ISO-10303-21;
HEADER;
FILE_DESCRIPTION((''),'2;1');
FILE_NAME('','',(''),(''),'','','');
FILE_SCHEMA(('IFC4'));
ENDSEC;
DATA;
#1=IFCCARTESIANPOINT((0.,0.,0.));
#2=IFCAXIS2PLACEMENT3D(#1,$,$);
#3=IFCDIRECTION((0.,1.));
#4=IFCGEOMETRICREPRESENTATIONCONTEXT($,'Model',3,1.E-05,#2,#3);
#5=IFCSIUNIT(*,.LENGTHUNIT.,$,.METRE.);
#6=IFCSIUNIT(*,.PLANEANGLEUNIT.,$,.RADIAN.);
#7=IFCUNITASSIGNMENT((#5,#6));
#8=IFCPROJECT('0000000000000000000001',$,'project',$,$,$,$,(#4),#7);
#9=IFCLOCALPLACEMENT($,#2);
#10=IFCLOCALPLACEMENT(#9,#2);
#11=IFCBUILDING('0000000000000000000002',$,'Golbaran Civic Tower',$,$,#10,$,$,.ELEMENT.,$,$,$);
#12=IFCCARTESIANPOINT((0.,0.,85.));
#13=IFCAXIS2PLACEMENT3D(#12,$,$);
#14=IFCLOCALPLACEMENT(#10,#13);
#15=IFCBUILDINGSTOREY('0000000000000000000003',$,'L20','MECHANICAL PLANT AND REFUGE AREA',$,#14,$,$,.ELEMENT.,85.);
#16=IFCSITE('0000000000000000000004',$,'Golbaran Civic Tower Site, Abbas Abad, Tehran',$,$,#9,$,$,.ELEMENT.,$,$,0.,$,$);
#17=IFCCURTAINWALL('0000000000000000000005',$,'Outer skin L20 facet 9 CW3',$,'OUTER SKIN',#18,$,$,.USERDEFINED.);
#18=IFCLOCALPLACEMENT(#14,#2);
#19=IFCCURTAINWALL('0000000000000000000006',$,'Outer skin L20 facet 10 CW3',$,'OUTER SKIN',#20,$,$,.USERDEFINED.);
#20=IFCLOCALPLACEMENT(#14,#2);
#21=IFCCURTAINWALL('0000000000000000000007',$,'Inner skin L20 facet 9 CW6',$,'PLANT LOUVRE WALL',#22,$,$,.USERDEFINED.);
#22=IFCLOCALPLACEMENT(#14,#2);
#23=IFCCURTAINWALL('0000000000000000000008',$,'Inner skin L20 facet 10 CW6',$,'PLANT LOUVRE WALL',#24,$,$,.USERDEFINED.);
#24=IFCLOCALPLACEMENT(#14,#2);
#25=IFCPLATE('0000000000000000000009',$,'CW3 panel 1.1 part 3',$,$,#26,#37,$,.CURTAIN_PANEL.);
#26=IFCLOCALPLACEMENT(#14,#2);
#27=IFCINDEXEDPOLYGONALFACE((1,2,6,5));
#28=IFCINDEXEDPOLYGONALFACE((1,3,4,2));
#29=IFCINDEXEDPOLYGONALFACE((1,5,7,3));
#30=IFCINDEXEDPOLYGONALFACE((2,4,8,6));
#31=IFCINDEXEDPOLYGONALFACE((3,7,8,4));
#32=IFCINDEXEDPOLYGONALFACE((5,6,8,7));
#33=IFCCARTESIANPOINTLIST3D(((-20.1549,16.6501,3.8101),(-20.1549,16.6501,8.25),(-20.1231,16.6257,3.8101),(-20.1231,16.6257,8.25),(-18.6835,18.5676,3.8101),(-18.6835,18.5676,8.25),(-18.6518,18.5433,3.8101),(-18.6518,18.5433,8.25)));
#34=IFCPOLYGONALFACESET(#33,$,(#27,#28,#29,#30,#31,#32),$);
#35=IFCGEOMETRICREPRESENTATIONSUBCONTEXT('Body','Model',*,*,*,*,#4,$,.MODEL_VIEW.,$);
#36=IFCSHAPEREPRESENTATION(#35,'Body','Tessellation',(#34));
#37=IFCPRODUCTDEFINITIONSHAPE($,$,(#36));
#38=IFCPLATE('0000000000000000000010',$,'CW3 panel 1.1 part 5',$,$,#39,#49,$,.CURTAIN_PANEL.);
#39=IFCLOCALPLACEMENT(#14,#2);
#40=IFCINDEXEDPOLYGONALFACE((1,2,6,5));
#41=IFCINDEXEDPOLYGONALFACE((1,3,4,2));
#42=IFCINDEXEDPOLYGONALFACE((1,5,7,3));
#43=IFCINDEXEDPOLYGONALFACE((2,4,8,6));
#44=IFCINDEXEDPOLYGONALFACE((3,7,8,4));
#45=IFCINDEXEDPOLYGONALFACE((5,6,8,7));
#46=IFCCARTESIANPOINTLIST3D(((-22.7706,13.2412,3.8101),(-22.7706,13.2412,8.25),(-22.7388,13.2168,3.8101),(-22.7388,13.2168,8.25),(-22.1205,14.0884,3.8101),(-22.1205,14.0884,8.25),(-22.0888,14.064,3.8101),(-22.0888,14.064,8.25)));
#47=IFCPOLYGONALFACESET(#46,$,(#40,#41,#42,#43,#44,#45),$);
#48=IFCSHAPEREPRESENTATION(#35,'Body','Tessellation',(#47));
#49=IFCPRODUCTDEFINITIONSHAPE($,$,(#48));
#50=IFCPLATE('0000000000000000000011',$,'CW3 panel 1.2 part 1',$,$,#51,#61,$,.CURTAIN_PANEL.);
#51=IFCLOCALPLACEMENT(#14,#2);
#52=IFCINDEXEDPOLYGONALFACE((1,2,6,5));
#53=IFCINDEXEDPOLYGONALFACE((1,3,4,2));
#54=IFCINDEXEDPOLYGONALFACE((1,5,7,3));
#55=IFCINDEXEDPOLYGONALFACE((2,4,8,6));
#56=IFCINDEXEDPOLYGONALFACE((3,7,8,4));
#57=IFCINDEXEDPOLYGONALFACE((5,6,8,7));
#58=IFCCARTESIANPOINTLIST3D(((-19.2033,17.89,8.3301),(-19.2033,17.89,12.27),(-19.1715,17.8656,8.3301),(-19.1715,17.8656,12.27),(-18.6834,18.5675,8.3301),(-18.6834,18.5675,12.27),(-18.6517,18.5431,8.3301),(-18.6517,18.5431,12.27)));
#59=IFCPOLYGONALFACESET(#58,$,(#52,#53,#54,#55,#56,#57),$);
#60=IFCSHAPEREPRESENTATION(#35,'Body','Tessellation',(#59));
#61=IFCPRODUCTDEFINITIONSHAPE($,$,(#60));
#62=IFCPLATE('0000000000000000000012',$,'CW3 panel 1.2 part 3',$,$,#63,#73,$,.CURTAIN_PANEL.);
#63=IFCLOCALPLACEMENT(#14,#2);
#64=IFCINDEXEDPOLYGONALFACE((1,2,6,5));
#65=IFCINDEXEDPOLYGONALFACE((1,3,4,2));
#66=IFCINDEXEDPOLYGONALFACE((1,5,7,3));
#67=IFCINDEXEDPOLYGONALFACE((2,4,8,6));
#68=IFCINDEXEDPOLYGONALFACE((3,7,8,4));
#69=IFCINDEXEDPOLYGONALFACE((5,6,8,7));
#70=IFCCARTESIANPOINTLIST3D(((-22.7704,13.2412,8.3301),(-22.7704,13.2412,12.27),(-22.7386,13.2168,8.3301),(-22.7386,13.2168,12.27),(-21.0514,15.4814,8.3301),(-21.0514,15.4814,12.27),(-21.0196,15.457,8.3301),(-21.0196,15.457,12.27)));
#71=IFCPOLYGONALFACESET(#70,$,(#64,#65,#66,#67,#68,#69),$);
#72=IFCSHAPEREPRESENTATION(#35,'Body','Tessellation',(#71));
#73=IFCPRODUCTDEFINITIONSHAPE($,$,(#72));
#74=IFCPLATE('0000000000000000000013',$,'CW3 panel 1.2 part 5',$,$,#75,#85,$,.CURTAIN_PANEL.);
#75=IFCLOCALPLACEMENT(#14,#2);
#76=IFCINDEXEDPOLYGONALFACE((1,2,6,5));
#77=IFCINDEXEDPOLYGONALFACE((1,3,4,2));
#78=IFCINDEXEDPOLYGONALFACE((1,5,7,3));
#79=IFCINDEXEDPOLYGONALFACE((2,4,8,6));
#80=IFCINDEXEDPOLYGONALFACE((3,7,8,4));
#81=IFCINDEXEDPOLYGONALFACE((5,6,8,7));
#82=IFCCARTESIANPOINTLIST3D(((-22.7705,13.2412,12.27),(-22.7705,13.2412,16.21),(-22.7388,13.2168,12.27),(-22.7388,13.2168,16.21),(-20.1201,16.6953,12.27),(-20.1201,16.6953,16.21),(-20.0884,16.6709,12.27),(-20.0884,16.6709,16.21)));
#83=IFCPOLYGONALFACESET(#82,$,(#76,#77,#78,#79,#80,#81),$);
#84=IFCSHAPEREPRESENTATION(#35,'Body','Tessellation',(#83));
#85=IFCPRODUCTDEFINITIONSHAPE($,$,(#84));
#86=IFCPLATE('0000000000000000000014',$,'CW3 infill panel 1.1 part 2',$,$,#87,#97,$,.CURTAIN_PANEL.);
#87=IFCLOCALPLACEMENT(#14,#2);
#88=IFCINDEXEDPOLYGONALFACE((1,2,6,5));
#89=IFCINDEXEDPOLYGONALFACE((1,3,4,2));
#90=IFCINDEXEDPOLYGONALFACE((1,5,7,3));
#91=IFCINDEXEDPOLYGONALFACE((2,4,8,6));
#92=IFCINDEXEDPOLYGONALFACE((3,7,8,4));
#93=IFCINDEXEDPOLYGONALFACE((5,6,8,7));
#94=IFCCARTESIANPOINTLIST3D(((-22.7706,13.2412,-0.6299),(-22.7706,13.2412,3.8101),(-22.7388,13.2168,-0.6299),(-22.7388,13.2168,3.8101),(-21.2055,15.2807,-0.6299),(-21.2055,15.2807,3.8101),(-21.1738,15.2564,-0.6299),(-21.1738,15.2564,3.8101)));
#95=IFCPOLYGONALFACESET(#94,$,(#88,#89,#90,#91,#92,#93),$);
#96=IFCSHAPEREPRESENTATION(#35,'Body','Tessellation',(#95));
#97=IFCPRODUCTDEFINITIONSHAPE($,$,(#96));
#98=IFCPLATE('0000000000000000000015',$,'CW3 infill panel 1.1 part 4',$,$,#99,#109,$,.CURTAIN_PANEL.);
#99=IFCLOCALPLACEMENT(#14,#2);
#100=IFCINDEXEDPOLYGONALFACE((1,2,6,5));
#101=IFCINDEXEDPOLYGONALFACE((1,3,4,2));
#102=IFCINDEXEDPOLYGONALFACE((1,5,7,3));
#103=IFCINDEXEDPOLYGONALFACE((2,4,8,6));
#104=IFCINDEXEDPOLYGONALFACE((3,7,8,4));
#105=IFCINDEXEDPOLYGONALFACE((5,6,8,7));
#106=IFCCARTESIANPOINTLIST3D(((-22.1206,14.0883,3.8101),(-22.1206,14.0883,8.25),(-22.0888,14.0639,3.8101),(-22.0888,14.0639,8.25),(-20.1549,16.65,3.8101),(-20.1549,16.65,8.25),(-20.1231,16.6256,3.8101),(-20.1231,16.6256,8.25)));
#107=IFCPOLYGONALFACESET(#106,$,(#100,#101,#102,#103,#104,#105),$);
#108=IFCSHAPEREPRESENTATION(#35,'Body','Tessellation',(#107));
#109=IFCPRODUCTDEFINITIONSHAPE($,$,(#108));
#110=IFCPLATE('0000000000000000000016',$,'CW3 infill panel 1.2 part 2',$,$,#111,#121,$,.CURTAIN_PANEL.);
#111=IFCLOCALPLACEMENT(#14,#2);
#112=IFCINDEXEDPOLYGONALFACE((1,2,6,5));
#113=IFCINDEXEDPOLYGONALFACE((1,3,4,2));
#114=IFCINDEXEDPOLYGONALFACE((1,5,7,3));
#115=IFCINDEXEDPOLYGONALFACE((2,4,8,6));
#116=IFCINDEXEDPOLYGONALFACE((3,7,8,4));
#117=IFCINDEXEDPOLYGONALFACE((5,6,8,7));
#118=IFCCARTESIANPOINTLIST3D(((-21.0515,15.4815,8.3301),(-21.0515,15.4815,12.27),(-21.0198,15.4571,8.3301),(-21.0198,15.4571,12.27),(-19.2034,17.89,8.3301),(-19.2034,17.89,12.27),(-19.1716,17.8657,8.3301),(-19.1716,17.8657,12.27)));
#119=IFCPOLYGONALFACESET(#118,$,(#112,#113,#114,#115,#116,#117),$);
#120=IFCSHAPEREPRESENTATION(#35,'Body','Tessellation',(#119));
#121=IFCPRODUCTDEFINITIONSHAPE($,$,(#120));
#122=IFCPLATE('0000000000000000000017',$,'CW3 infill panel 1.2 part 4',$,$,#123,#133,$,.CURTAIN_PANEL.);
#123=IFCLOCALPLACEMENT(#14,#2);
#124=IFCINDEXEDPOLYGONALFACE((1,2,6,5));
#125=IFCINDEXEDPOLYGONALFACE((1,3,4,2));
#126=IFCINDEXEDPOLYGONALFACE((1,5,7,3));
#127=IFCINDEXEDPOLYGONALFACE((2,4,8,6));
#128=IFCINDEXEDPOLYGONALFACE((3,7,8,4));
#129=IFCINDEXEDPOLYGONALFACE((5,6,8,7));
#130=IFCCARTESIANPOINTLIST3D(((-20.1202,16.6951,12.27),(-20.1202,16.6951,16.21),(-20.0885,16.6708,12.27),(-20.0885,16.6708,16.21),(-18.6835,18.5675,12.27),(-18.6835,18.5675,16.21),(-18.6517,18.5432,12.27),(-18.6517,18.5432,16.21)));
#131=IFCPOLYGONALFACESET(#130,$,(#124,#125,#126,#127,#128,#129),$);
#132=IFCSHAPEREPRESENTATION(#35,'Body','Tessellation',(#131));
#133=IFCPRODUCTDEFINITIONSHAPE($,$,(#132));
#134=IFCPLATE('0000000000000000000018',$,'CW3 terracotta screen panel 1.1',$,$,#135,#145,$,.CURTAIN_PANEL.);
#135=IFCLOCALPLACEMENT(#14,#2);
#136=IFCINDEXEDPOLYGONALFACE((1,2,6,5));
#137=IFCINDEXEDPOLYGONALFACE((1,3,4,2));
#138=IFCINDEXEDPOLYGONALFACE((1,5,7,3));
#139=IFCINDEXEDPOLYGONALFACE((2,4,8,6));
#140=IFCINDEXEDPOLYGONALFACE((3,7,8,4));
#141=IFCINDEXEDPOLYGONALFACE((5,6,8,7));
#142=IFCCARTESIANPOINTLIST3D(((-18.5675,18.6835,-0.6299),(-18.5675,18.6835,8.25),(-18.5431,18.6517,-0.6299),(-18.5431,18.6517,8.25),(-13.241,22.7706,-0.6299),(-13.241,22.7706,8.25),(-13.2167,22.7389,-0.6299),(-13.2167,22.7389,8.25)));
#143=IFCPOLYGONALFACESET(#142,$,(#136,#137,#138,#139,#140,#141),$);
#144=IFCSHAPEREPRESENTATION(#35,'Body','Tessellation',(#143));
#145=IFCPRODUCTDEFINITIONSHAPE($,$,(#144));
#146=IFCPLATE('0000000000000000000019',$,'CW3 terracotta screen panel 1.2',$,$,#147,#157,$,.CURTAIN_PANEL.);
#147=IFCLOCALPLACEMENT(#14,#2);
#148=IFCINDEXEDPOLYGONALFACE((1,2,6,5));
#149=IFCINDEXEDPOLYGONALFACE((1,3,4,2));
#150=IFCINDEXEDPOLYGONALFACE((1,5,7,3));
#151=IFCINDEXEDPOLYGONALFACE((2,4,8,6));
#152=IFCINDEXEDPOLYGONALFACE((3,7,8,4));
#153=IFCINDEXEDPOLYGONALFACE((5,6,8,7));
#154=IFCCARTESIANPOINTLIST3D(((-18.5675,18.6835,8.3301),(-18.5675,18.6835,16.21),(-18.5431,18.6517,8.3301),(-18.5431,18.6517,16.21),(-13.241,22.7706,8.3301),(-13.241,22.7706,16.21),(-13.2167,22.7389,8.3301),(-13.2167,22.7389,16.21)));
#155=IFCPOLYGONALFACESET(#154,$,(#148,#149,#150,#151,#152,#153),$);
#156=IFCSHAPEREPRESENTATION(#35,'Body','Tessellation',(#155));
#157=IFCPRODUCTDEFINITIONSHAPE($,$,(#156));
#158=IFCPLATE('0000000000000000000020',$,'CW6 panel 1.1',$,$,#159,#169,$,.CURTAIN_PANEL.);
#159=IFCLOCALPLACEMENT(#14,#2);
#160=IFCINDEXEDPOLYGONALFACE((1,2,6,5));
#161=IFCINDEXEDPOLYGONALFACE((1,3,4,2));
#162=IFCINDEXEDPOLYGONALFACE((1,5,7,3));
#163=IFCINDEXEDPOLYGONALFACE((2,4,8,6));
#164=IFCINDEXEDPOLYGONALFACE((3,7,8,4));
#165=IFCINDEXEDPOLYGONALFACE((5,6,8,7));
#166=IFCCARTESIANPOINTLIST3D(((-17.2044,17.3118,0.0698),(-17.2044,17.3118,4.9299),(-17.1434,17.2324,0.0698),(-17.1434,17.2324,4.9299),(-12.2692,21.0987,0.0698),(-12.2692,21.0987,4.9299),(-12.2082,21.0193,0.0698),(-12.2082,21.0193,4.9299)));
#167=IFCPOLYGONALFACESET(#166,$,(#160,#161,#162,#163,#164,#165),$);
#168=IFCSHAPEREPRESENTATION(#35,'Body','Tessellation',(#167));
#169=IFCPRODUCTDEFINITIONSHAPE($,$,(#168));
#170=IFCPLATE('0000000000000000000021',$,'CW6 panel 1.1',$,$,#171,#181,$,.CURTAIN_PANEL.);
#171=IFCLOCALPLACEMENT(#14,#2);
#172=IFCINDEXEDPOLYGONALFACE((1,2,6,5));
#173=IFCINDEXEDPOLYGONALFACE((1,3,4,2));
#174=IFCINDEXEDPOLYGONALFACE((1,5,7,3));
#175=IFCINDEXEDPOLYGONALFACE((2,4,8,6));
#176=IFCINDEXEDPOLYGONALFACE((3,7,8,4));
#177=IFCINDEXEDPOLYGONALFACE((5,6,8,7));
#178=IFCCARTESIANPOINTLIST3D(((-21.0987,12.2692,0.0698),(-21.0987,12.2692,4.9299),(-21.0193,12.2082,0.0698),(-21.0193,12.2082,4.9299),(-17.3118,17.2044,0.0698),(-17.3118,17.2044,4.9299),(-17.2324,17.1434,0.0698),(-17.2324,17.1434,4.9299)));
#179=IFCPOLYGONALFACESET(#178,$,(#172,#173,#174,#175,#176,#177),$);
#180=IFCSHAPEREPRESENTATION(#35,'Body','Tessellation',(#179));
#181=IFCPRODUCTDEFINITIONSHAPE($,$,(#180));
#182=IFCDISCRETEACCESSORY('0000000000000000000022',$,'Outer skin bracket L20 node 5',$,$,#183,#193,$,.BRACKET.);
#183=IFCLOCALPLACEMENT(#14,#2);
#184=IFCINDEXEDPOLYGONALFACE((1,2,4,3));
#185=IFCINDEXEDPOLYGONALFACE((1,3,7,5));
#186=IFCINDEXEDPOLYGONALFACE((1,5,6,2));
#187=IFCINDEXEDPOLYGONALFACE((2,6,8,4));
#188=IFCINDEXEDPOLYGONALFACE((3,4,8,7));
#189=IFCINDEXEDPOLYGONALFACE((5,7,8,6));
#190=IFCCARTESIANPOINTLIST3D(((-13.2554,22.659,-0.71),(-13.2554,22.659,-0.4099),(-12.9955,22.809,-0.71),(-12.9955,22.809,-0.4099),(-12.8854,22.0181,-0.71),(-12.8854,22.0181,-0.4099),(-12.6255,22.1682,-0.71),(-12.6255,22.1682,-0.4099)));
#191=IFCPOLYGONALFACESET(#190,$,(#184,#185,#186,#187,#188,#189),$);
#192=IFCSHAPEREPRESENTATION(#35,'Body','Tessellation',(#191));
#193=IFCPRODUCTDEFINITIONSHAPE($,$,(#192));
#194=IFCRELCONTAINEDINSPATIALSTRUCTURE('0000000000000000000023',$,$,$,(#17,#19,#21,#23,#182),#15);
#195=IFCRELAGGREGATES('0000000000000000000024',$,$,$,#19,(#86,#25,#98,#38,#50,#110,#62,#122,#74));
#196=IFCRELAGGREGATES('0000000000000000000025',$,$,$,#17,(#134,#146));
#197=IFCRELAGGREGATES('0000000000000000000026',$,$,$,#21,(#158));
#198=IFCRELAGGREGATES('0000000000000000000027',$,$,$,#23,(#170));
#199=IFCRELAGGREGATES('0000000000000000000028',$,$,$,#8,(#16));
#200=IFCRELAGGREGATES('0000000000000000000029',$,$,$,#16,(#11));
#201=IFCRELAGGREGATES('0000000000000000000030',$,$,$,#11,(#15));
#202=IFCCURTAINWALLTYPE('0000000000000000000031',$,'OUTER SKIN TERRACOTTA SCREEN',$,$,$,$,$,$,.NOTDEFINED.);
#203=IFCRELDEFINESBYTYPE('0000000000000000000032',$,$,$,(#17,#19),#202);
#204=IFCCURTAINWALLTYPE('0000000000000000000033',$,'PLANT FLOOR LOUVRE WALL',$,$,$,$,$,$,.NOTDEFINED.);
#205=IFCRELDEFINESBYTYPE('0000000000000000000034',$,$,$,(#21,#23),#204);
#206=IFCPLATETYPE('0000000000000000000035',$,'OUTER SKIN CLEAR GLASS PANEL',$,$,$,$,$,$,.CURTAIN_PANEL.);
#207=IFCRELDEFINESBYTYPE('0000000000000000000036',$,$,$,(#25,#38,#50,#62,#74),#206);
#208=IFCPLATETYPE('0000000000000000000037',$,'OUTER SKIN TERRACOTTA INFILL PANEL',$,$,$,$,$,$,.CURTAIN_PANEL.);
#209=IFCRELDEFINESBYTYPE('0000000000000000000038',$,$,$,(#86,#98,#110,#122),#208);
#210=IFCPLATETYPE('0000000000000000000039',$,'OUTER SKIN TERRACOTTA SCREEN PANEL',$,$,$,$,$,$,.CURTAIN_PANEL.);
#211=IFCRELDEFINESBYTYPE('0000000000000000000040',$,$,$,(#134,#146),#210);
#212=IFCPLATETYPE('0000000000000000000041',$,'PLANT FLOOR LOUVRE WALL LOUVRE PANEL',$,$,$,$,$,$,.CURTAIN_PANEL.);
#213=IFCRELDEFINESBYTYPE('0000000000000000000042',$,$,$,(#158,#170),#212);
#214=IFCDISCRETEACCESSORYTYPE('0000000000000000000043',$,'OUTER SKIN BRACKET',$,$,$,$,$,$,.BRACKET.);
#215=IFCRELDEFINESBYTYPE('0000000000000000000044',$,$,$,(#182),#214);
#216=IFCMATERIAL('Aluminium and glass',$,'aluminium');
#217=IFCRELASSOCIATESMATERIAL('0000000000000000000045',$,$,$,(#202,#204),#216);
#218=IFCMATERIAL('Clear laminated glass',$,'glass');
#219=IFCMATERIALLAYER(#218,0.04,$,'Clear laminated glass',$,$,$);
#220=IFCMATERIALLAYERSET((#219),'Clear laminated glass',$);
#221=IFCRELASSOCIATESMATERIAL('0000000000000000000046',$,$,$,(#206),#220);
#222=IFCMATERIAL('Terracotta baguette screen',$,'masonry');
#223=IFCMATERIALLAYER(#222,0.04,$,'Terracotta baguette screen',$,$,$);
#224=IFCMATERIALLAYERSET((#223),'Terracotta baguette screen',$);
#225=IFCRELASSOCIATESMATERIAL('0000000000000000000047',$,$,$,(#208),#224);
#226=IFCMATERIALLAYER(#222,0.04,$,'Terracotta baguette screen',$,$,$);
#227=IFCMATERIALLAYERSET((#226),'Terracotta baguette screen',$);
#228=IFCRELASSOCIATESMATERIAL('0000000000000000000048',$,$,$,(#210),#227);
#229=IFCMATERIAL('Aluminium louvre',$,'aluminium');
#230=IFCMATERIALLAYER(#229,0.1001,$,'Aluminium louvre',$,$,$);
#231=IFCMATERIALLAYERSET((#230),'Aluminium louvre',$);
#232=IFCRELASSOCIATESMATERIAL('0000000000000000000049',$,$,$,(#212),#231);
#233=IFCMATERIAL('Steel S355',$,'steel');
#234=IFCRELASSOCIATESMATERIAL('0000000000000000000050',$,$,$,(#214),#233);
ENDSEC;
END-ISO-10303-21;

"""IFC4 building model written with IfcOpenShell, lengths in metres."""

from ifc_helpers import new_model, si_unit, direction, frame, origin, origin_2d, place, context, subcontext, project, spatial, rectangle, extrude, material, layer, layer_set, type_object, element, aggregate, save


model = new_model("IFC4")

# Units and contexts
model_context = context("Model", 3, precision=1e-05, world=origin(), true_north=direction((0.0, 1.0)))
body_context = subcontext(model_context, "Body", "Model", "MODEL_VIEW")
ifc_project = project(units=[si_unit("LENGTHUNIT", "METRE"), si_unit("PLANEANGLEUNIT", "RADIAN")], contexts=[model_context])

# Site, building, storey
site_placement = place(None, origin())
site = spatial("IfcSite", under=ifc_project, at=site_placement, Name="Golbaran Civic Tower Site, Abbas Abad, Tehran", CompositionType="ELEMENT", RefElevation=0.0)
building_placement = place(site_placement, origin())
building = spatial("IfcBuilding", under=site, at=building_placement, Name="Golbaran Civic Tower", CompositionType="ELEMENT")
storey_placement = place(building_placement, frame((0.0, 0.0, 85.0)))
storey = spatial("IfcBuildingStorey", under=building, at=storey_placement, Name="L20", Description="MECHANICAL PLANT AND REFUGE AREA", CompositionType="ELEMENT", Elevation=85.0)

# Shared definitions
ifc_material_1 = material(Name="Steel S355", Category="steel")

# Shared definitions
ifc_material_2 = material(Name="Aluminium and glass", Category="aluminium")
curtain_wall_type_1 = type_object("IfcCurtainWallType", Name="OUTER SKIN TERRACOTTA SCREEN", PredefinedType="NOTDEFINED", material=ifc_material_2)

# Curtain walls
curtain_wall_1_placement = place(storey_placement, origin())
curtain_wall_1 = element("IfcCurtainWall", 1, at=curtain_wall_1_placement, inside=storey, type_object=curtain_wall_type_1, Name="Outer skin L20 facet 9 CW3", ObjectType="OUTER SKIN", PredefinedType="USERDEFINED")
curtain_wall_2_placement = place(storey_placement, origin())
curtain_wall_2 = element("IfcCurtainWall", 2, at=curtain_wall_2_placement, inside=storey, type_object=curtain_wall_type_1, Name="Outer skin L20 facet 10 CW3", ObjectType="OUTER SKIN", PredefinedType="USERDEFINED")

# Curtain wall
curtain_wall_type_2 = type_object("IfcCurtainWallType", Name="PLANT FLOOR LOUVRE WALL", PredefinedType="NOTDEFINED", material=ifc_material_2)
curtain_wall_3_placement = place(storey_placement, origin())
curtain_wall_3 = element("IfcCurtainWall", 3, at=curtain_wall_3_placement, inside=storey, type_object=curtain_wall_type_2, Name="Inner skin L20 facet 9 CW6", ObjectType="PLANT LOUVRE WALL", PredefinedType="USERDEFINED")

# Curtain wall
curtain_wall_4_placement = place(storey_placement, origin())
curtain_wall_4 = element("IfcCurtainWall", 4, at=curtain_wall_4_placement, inside=storey, type_object=curtain_wall_type_2, Name="Inner skin L20 facet 10 CW6", ObjectType="PLANT LOUVRE WALL", PredefinedType="USERDEFINED")

# Plates
ifc_material_3 = material(Name="Clear laminated glass", Category="glass")
ifc_layer_1 = layer(ifc_material_3, 0.04, Name="Clear laminated glass")
ifc_layer_set_1 = layer_set([ifc_layer_1], Name="Clear laminated glass")
plate_type_1 = type_object("IfcPlateType", Name="OUTER SKIN CLEAR GLASS PANEL", PredefinedType="CURTAIN_PANEL", material=ifc_layer_set_1)
plate_1_placement = place(storey_placement, frame((-19.4033, 17.5967, 3.8101), z_axis=(0.0, 0.0, 1.0), x_axis=(-0.608761, -0.793353, 0.0)))
plate_1 = element("IfcPlate", 5, at=plate_1_placement, type_object=plate_type_1, Name="CW3 panel 1.1 part 3", PredefinedType="CURTAIN_PANEL", context=body_context, shape_type="SweptSolid", body=[
    extrude(rectangle(XDim=2.417, YDim=0.04, at=origin_2d()), origin(), (0.0, 0.0, 1.0), 4.4399),
])
plate_2_placement = place(storey_placement, frame((-22.4297, 13.6526, 3.8101), z_axis=(0.0, 0.0, 1.0), x_axis=(-0.608761, -0.793353, 0.0)))
plate_2 = element("IfcPlate", 6, at=plate_2_placement, type_object=plate_type_1, Name="CW3 panel 1.1 part 5", PredefinedType="CURTAIN_PANEL", context=body_context, shape_type="SweptSolid", body=[
    extrude(rectangle(XDim=1.0679, YDim=0.04, at=origin_2d()), origin(), (0.0, 0.0, 1.0), 4.4399),
])
plate_3_placement = place(storey_placement, frame((-18.9275, 18.2166, 8.3301), z_axis=(0.0, 0.0, 1.0), x_axis=(-0.608761, -0.793353, 0.0)))
plate_3 = element("IfcPlate", 7, at=plate_3_placement, type_object=plate_type_1, Name="CW3 panel 1.2 part 1", PredefinedType="CURTAIN_PANEL", context=body_context, shape_type="SweptSolid", body=[
    extrude(rectangle(XDim=0.854, YDim=0.04, at=origin_2d()), origin(), (0.0, 0.0, 1.0), 3.9399),
])
plate_4_placement = place(storey_placement, frame((-21.895, 14.3491, 8.3301), z_axis=(0.0, 0.0, 1.0), x_axis=(-0.608761, -0.793353, 0.0)))
plate_4 = element("IfcPlate", 8, at=plate_4_placement, type_object=plate_type_1, Name="CW3 panel 1.2 part 3", PredefinedType="CURTAIN_PANEL", context=body_context, shape_type="SweptSolid", body=[
    extrude(rectangle(XDim=2.8237, YDim=0.04, at=origin_2d()), origin(), (0.0, 0.0, 1.0), 3.9399),
])
plate_5_placement = place(storey_placement, frame((-21.4294, 14.9561, 12.27), z_axis=(0.0, 0.0, 1.0), x_axis=(-0.608761, -0.793353, 0.0)))
plate_5 = element("IfcPlate", 9, at=plate_5_placement, type_object=plate_type_1, Name="CW3 panel 1.2 part 5", PredefinedType="CURTAIN_PANEL", context=body_context, shape_type="SweptSolid", body=[
    extrude(rectangle(XDim=4.3538, YDim=0.04, at=origin_2d()), origin(), (0.0, 0.0, 1.0), 3.9399),
])
ifc_material_4 = material(Name="Terracotta baguette screen", Category="masonry")
ifc_layer_2 = layer(ifc_material_4, 0.04, Name="Terracotta baguette screen")
ifc_layer_set_2 = layer_set([ifc_layer_2], Name="Terracotta baguette screen")
plate_type_2 = type_object("IfcPlateType", Name="OUTER SKIN TERRACOTTA INFILL PANEL", PredefinedType="CURTAIN_PANEL", material=ifc_layer_set_2)
plate_6_placement = place(storey_placement, frame((-21.9722, 14.2488, -0.6299), z_axis=(0.0, 0.0, 1.0), x_axis=(-0.608761, -0.793353, 0.0)))
plate_6 = element("IfcPlate", 10, at=plate_6_placement, type_object=plate_type_2, Name="CW3 infill panel 1.1 part 2", PredefinedType="CURTAIN_PANEL", context=body_context, shape_type="SweptSolid", body=[
    extrude(rectangle(XDim=2.5708, YDim=0.04, at=origin_2d()), origin(), (0.0, 0.0, 1.0), 4.4399),
])
plate_7_placement = place(storey_placement, frame((-21.1218, 15.3569, 3.8101), z_axis=(0.0, 0.0, 1.0), x_axis=(-0.608761, -0.793353, 0.0)))
plate_7 = element("IfcPlate", 11, at=plate_7_placement, type_object=plate_type_2, Name="CW3 infill panel 1.1 part 4", PredefinedType="CURTAIN_PANEL", context=body_context, shape_type="SweptSolid", body=[
    extrude(rectangle(XDim=3.229, YDim=0.04, at=origin_2d()), origin(), (0.0, 0.0, 1.0), 4.4399),
])
plate_8_placement = place(storey_placement, frame((-20.1116, 16.6736, 8.3301), z_axis=(0.0, 0.0, 1.0), x_axis=(-0.608761, -0.793353, 0.0)))
plate_8 = element("IfcPlate", 12, at=plate_8_placement, type_object=plate_type_2, Name="CW3 infill panel 1.2 part 2", PredefinedType="CURTAIN_PANEL", context=body_context, shape_type="SweptSolid", body=[
    extrude(rectangle(XDim=3.0359, YDim=0.04, at=origin_2d()), origin(), (0.0, 0.0, 1.0), 3.9399),
])
plate_9_placement = place(storey_placement, frame((-19.386, 17.6191, 12.27), z_axis=(0.0, 0.0, 1.0), x_axis=(-0.608761, -0.793353, 0.0)))
plate_9 = element("IfcPlate", 13, at=plate_9_placement, type_object=plate_type_2, Name="CW3 infill panel 1.2 part 4", PredefinedType="CURTAIN_PANEL", context=body_context, shape_type="SweptSolid", body=[
    extrude(rectangle(XDim=2.3601, YDim=0.04, at=origin_2d()), origin(), (0.0, 0.0, 1.0), 3.9399),
])
aggregate(curtain_wall_2, [plate_6, plate_1, plate_7, plate_2, plate_3, plate_8, plate_4, plate_9, plate_5])
ifc_layer_3 = layer(ifc_material_4, 0.04, Name="Terracotta baguette screen")
ifc_layer_set_3 = layer_set([ifc_layer_3], Name="Terracotta baguette screen")
plate_type_3 = type_object("IfcPlateType", Name="OUTER SKIN TERRACOTTA SCREEN PANEL", PredefinedType="CURTAIN_PANEL", material=ifc_layer_set_3)
plate_10_placement = place(storey_placement, frame((-15.8921, 20.7112, -0.6299), z_axis=(0.0, 0.0, 1.0), x_axis=(-0.793353, -0.608761, 0.0)))
plate_10 = element("IfcPlate", 14, at=plate_10_placement, type_object=plate_type_3, Name="CW3 terracotta screen panel 1.1", PredefinedType="CURTAIN_PANEL", context=body_context, shape_type="SweptSolid", body=[
    extrude(rectangle(XDim=6.7139, YDim=0.04, at=origin_2d()), origin(), (0.0, 0.0, 1.0), 8.8799),
])
plate_11_placement = place(storey_placement, frame((-15.8921, 20.7112, 8.3301), z_axis=(0.0, 0.0, 1.0), x_axis=(-0.793353, -0.608761, 0.0)))
plate_11 = element("IfcPlate", 15, at=plate_11_placement, type_object=plate_type_3, Name="CW3 terracotta screen panel 1.2", PredefinedType="CURTAIN_PANEL", context=body_context, shape_type="SweptSolid", body=[
    extrude(rectangle(XDim=6.7139, YDim=0.04, at=origin_2d()), origin(), (0.0, 0.0, 1.0), 7.8799),
])
aggregate(curtain_wall_1, [plate_10, plate_11])
ifc_material_5 = material(Name="Aluminium louvre", Category="aluminium")
ifc_layer_4 = layer(ifc_material_5, 0.1001, Name="Aluminium louvre")
ifc_layer_set_4 = layer_set([ifc_layer_4], Name="Aluminium louvre")
plate_type_4 = type_object("IfcPlateType", Name="PLANT FLOOR LOUVRE WALL LOUVRE PANEL", PredefinedType="CURTAIN_PANEL", material=ifc_layer_set_4)
plate_12_placement = place(storey_placement, frame((-14.7063, 19.1655, 0.0698), z_axis=(0.0, 0.0, 1.0), x_axis=(-0.793353, -0.608761, 0.0)))
plate_12 = element("IfcPlate", 16, at=plate_12_placement, type_object=plate_type_4, Name="CW6 panel 1.1", PredefinedType="CURTAIN_PANEL", context=body_context, shape_type="SweptSolid", body=[
    extrude(rectangle(XDim=6.2207, YDim=0.1001, at=origin_2d()), origin(), (0.0, 0.0, 1.0), 4.8601),
])
aggregate(curtain_wall_3, [plate_12])
plate_13_placement = place(storey_placement, frame((-19.1655, 14.7063, 0.0698), z_axis=(0.0, 0.0, 1.0), x_axis=(-0.608761, -0.793353, 0.0)))
plate_13 = element("IfcPlate", 17, at=plate_13_placement, type_object=plate_type_4, Name="CW6 panel 1.1", PredefinedType="CURTAIN_PANEL", context=body_context, shape_type="SweptSolid", body=[
    extrude(rectangle(XDim=6.2207, YDim=0.1001, at=origin_2d()), origin(), (0.0, 0.0, 1.0), 4.8601),
])
aggregate(curtain_wall_4, [plate_13])

# Discrete accessory
discrete_accessory_type = type_object("IfcDiscreteAccessoryType", Name="OUTER SKIN BRACKET", PredefinedType="BRACKET", material=ifc_material_1)
for number, where, z_axis, x_axis, name in (
    (18, (-12.9404, 22.4136, -0.71), (0.0, 0.0, 1.0), (-0.5, 0.866025, 0.0), "Outer skin bracket L20 node 5"),
):
    element("IfcDiscreteAccessory", number, at=place(storey_placement, frame(where, z_axis=z_axis, x_axis=x_axis)), inside=storey, type_object=discrete_accessory_type, Name=name, PredefinedType="BRACKET", context=body_context, shape_type="SweptSolid", body=[
        extrude(rectangle(XDim=0.74, YDim=0.3, at=origin_2d()), origin(), (0.0, 0.0, 1.0), 0.3),
    ])

save(model, "model.ifc")
